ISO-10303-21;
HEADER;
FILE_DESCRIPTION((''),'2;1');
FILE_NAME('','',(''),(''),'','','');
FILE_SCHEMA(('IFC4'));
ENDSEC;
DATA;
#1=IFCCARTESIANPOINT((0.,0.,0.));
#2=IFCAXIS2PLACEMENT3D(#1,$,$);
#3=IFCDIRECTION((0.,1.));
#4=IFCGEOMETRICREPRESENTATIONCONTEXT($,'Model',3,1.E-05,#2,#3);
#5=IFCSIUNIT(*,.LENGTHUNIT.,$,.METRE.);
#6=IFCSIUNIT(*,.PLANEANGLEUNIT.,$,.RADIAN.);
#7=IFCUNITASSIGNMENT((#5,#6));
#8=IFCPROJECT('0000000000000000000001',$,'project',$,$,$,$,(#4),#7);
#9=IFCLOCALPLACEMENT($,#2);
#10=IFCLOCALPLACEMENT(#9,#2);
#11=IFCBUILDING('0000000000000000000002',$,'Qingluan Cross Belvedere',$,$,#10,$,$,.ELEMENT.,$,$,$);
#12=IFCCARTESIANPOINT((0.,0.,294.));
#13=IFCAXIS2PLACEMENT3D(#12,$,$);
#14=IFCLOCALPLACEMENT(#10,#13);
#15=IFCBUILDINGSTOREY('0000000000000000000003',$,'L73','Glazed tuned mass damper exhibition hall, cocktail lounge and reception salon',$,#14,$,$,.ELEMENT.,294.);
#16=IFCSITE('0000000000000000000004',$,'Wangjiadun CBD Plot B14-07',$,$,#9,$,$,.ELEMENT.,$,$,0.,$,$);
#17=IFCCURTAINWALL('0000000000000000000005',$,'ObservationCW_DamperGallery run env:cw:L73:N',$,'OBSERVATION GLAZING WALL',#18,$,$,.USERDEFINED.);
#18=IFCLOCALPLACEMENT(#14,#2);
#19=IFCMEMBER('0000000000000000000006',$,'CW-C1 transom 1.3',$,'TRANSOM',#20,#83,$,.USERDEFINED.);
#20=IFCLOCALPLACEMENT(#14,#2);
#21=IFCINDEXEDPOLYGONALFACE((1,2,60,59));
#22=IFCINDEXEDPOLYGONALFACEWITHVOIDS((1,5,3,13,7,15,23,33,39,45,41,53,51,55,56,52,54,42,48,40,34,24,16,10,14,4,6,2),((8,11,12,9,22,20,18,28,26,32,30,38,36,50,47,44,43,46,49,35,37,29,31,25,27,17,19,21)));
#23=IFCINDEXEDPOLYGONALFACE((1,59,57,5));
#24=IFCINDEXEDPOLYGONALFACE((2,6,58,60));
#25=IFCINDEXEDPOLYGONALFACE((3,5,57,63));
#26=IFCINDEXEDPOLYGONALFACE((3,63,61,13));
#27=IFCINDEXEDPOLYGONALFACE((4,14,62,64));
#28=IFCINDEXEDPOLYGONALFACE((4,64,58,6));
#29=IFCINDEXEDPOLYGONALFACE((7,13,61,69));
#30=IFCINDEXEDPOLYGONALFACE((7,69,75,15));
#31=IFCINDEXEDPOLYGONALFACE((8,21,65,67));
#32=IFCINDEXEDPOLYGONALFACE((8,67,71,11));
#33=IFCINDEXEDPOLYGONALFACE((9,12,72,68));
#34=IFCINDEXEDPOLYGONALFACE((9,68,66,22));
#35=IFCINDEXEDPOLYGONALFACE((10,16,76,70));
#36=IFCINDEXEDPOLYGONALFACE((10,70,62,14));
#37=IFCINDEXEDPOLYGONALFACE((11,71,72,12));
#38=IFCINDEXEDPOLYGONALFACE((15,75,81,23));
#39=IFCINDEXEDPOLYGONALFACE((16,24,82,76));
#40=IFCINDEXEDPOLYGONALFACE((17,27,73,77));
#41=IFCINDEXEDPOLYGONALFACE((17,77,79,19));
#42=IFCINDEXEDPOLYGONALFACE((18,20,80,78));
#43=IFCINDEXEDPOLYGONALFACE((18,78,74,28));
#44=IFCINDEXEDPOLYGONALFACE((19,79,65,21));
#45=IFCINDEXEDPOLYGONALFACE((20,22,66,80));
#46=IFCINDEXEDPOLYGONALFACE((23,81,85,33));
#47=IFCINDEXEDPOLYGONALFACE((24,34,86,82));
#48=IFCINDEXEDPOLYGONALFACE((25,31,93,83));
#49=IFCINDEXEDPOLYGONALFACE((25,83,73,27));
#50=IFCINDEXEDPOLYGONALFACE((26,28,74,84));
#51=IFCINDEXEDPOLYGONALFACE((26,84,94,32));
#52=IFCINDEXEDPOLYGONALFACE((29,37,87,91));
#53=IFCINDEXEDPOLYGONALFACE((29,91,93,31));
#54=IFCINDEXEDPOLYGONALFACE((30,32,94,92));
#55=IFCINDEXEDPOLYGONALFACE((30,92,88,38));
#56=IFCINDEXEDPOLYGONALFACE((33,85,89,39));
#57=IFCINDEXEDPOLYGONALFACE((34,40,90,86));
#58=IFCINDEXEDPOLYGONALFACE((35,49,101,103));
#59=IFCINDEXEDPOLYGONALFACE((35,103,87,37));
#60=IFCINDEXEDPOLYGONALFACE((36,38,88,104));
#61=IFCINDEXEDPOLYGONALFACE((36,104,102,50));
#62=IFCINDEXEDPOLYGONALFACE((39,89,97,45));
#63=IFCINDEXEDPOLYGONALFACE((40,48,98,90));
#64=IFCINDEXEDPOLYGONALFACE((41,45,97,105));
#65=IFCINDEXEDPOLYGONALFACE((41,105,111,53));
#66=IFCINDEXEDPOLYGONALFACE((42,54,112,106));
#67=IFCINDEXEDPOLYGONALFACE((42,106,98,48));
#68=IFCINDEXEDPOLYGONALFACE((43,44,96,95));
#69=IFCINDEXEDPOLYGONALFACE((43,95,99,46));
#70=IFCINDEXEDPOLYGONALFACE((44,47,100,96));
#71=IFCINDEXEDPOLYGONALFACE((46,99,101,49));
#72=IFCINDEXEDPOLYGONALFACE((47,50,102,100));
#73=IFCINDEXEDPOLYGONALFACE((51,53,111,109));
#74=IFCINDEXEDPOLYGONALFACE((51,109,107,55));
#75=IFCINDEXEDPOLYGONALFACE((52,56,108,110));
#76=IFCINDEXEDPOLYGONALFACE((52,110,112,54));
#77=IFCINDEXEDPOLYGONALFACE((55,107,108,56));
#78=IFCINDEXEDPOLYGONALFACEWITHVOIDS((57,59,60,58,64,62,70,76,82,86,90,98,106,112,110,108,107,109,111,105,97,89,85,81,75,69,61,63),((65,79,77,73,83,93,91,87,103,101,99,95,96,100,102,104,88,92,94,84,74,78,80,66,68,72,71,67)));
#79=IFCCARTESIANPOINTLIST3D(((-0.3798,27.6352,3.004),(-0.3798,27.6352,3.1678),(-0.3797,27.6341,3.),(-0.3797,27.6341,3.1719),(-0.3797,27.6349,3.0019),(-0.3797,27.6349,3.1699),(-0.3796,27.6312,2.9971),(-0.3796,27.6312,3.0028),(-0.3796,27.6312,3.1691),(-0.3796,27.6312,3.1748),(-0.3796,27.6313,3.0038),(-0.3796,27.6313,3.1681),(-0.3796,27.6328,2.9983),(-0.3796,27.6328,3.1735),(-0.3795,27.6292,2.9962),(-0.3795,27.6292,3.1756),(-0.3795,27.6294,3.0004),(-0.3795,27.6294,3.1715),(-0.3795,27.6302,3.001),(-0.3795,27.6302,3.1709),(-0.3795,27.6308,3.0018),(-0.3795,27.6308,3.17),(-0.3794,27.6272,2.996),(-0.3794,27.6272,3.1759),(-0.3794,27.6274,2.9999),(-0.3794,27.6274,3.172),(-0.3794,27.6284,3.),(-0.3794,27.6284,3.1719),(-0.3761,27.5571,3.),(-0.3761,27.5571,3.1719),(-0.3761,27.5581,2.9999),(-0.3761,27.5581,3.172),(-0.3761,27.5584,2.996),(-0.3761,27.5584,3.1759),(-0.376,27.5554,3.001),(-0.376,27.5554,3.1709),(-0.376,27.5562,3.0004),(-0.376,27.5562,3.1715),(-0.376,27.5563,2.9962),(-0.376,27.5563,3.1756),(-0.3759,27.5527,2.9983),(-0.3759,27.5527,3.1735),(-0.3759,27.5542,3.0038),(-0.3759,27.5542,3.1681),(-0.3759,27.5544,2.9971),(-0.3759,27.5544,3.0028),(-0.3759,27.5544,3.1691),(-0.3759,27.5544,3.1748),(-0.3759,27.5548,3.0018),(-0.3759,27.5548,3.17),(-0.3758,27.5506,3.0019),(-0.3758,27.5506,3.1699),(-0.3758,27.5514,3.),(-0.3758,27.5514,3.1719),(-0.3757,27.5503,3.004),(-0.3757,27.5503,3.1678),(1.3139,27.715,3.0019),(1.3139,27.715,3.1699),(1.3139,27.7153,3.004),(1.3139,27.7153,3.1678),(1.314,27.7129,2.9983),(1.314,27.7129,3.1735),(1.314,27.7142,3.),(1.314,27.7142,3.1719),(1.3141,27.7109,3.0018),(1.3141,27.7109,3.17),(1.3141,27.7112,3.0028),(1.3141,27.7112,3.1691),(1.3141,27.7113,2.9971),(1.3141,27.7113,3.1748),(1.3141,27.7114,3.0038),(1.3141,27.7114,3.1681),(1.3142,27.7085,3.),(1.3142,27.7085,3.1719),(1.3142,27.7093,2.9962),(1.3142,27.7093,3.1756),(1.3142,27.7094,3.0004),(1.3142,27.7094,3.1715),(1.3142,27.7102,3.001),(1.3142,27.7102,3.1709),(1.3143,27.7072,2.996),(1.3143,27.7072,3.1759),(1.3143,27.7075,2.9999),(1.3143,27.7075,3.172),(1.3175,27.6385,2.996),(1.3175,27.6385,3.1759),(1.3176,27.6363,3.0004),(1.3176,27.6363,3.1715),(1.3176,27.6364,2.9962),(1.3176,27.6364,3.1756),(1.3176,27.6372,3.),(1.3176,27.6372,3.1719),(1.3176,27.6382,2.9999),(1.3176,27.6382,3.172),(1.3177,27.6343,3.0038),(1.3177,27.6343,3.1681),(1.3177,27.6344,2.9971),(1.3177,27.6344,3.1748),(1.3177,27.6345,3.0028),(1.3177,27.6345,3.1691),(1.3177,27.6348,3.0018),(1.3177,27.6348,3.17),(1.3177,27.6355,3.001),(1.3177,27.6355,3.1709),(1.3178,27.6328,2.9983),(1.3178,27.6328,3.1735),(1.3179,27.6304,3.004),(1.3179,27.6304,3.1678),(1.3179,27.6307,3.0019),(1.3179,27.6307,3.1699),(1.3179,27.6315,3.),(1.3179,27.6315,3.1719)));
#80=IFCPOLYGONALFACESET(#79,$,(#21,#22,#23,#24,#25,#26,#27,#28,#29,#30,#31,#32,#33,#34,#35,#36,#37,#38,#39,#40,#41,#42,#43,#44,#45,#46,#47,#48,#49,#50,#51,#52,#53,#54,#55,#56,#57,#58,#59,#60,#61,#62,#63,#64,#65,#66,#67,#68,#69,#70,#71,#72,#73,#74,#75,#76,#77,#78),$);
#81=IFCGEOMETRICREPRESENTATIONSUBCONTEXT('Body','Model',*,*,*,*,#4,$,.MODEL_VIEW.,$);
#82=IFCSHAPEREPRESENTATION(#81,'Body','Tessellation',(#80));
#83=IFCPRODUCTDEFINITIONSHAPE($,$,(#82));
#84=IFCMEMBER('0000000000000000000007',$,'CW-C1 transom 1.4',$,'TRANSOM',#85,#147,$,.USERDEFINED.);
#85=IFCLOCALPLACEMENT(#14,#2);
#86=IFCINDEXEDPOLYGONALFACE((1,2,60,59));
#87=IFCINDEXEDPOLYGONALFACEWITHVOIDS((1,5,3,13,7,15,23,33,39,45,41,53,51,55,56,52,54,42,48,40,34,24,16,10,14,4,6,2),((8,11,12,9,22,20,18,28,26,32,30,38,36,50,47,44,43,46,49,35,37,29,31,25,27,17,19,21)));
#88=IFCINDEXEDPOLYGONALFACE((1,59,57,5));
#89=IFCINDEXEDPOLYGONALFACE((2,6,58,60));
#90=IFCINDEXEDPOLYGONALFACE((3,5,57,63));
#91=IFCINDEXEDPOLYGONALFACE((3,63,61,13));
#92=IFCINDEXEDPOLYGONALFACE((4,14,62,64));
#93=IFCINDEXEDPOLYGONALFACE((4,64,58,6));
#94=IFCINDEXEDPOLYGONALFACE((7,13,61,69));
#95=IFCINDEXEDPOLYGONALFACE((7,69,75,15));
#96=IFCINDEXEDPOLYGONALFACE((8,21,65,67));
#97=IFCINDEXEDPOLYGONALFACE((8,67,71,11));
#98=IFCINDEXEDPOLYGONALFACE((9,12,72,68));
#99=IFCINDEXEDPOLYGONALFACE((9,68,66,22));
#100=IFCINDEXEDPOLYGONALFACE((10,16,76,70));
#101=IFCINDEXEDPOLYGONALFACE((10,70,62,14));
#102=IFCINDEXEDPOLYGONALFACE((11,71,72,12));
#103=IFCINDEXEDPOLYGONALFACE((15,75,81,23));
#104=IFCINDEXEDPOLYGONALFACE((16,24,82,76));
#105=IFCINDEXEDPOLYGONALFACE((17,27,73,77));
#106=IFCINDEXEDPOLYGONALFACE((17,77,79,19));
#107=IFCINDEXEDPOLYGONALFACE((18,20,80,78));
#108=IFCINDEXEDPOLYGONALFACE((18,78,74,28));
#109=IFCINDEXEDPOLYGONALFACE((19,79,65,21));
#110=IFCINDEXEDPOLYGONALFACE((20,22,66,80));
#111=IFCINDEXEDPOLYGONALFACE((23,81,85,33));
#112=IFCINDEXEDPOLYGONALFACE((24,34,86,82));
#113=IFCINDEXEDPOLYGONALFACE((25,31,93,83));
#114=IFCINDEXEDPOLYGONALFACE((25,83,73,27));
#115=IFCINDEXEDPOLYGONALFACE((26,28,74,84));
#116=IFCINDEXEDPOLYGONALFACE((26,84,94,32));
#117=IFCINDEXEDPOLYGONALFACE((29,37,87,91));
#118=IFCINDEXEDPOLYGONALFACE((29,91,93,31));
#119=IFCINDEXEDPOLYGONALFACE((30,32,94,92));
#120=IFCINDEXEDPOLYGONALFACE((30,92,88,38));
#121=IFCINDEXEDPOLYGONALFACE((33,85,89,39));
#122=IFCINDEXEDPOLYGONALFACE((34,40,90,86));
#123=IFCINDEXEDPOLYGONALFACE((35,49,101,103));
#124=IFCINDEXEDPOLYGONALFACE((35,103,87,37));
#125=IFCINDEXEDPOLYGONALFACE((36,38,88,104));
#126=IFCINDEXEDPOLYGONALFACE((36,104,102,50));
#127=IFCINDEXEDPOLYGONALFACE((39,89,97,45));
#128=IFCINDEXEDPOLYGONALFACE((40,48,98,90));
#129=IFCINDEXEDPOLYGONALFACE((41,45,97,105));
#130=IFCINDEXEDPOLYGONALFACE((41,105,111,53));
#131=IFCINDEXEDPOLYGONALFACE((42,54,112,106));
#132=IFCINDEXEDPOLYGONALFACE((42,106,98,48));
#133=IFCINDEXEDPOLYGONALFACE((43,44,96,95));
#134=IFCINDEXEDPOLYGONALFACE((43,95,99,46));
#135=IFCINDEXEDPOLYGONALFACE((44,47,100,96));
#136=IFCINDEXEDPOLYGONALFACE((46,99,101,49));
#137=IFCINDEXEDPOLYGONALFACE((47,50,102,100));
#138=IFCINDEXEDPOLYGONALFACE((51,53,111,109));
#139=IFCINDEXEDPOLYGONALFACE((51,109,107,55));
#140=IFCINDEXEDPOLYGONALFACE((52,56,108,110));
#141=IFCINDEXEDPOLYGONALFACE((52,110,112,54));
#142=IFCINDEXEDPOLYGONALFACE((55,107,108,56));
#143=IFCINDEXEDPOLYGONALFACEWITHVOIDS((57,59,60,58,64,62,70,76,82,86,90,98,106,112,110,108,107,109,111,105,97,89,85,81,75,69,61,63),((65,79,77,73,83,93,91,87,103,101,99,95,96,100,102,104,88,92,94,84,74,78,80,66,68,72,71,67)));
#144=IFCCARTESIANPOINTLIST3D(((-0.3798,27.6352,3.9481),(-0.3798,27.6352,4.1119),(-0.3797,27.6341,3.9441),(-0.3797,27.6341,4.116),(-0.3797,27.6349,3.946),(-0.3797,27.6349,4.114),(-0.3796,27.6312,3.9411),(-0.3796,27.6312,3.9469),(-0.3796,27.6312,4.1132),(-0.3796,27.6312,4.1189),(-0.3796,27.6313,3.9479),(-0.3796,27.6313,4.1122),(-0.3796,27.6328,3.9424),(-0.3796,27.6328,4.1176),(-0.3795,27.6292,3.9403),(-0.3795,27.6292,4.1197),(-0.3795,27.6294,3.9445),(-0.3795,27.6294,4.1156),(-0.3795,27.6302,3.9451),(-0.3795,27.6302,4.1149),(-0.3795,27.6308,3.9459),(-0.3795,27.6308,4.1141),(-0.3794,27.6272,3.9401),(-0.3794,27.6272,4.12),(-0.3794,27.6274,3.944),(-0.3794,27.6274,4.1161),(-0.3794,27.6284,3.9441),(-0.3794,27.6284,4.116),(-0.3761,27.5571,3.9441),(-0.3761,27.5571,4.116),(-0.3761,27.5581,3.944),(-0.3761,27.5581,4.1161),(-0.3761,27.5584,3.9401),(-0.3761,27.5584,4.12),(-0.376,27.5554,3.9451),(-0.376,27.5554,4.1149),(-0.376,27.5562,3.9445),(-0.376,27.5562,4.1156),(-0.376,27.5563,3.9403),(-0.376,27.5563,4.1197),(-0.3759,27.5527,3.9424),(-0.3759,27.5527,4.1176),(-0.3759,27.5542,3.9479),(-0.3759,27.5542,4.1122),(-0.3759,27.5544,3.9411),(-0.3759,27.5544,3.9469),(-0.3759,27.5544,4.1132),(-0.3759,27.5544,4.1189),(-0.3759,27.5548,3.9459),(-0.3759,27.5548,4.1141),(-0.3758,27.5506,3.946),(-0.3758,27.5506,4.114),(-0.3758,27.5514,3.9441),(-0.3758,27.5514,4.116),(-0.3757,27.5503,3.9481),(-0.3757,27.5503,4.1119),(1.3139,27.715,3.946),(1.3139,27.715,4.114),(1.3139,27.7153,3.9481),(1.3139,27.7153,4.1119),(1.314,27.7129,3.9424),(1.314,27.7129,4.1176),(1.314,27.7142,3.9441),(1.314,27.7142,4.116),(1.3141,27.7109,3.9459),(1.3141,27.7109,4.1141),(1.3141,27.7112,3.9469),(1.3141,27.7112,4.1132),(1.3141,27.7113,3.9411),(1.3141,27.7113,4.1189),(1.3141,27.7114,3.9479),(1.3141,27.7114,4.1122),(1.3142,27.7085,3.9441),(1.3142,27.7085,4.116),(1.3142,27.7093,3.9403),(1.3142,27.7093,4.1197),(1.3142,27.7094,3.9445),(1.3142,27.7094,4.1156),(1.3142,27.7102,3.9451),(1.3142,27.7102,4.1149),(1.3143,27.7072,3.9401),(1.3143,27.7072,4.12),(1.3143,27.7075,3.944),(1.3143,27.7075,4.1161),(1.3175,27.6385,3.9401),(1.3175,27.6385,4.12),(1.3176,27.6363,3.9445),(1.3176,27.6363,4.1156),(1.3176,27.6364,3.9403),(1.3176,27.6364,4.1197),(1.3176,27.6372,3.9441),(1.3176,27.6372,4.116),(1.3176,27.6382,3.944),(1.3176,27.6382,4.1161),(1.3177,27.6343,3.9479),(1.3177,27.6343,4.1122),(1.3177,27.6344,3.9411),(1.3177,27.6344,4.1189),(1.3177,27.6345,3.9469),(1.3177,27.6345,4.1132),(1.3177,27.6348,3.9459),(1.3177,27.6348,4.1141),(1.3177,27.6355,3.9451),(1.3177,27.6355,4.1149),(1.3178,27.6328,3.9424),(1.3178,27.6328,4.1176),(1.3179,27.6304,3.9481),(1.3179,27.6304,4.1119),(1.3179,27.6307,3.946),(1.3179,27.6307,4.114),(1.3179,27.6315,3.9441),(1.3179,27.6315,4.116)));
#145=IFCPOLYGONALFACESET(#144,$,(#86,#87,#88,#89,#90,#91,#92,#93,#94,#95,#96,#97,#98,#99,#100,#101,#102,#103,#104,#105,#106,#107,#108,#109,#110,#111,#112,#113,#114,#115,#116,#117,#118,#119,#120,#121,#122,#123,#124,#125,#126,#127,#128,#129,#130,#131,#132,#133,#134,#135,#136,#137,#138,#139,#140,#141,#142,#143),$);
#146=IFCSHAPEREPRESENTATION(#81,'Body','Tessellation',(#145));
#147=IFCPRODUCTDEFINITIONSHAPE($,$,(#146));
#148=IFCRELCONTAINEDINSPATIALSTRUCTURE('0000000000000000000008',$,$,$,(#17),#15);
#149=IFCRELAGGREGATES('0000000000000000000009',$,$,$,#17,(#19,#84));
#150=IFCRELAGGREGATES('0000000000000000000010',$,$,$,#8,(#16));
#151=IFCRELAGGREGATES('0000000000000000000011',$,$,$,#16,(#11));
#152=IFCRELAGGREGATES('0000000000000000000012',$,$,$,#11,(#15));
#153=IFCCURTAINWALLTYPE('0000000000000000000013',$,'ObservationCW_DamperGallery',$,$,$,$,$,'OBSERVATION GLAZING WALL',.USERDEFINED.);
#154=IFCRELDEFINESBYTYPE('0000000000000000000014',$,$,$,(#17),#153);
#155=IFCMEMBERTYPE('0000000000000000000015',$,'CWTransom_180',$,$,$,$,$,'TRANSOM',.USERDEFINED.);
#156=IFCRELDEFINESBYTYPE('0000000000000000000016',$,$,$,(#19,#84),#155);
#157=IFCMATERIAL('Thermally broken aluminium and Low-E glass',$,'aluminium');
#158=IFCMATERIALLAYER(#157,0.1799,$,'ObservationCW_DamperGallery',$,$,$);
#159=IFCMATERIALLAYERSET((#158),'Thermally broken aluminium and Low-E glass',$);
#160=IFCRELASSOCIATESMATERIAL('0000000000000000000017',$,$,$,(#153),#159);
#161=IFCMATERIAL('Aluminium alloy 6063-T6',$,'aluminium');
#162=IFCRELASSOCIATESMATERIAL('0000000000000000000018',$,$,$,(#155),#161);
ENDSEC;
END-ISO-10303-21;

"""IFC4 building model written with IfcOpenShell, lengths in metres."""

from ifc_helpers import new_model, si_unit, direction, frame, origin, origin_2d, place, context, subcontext, project, spatial, hollow_rectangle, extrude, material, layer, layer_set, material_profile, profile_set, type_object, element, aggregate, save


model = new_model("IFC4")

# Units and contexts
model_context = context("Model", 3, precision=1e-05, world=origin(), true_north=direction((0.0, 1.0)))
body_context = subcontext(model_context, "Body", "Model", "MODEL_VIEW")
ifc_project = project(units=[si_unit("LENGTHUNIT", "METRE"), si_unit("PLANEANGLEUNIT", "RADIAN")], contexts=[model_context])

# Site, building, storey
site_placement = place(None, origin())
site = spatial("IfcSite", under=ifc_project, at=site_placement, Name="Wangjiadun CBD Plot B14-07", CompositionType="ELEMENT", RefElevation=0.0)
building_placement = place(site_placement, origin())
building = spatial("IfcBuilding", under=site, at=building_placement, Name="Qingluan Cross Belvedere", CompositionType="ELEMENT")
storey_placement = place(building_placement, frame((0.0, 0.0, 294.0)))
storey = spatial("IfcBuildingStorey", under=building, at=storey_placement, Name="L73", Description="Glazed tuned mass damper exhibition hall, cocktail lounge and reception salon", CompositionType="ELEMENT", Elevation=294.0)

# Curtain wall, members
ifc_material_1 = material(Name="Thermally broken aluminium and Low-E glass", Category="aluminium")
ifc_layer_1 = layer(ifc_material_1, 0.1799, Name="ObservationCW_DamperGallery")
ifc_layer_set_1 = layer_set([ifc_layer_1], Name="Thermally broken aluminium and Low-E glass")
curtain_wall_type = type_object("IfcCurtainWallType", Name="ObservationCW_DamperGallery", ElementType="OBSERVATION GLAZING WALL", PredefinedType="USERDEFINED", material=ifc_layer_set_1)
curtain_wall_placement = place(storey_placement, origin())
curtain_wall = element("IfcCurtainWall", 1, at=curtain_wall_placement, inside=storey, type_object=curtain_wall_type, Name="ObservationCW_DamperGallery run env:cw:L73:N", ObjectType="OBSERVATION GLAZING WALL", PredefinedType="USERDEFINED")
ifc_material_2 = material(Name="Aluminium alloy 6063-T6", Category="aluminium")
ifc_material_profile_1 = material_profile(ifc_material_2, hollow_rectangle(XDim=0.085, YDim=0.1799, WallThickness=0.0039, InnerFilletRadius=0.0039, OuterFilletRadius=0.0081, at=origin_2d()), Name="CWT180x85x4")
ifc_profile_set_1 = profile_set([ifc_material_profile_1], Name="Aluminium alloy 6063-T6")
member_type_1 = type_object("IfcMemberType", Name="CWTransom_180", ElementType="TRANSOM", PredefinedType="USERDEFINED", material=ifc_profile_set_1)
member_1_placement = place(storey_placement, frame((1.3159, 27.6729, 3.0859), z_axis=(-0.998884, -0.04723, 0.0), x_axis=(0.04723, -0.998884, 0.0)))
member_1 = element("IfcMember", 2, at=member_1_placement, type_object=member_type_1, Name="CW-C1 transom 1.3", ObjectType="TRANSOM", PredefinedType="USERDEFINED", context=body_context, shape_type="SweptSolid", body=[
    extrude(hollow_rectangle(XDim=0.085, YDim=0.1799, WallThickness=0.0039, InnerFilletRadius=0.0039, OuterFilletRadius=0.0081, at=origin_2d()), origin(), (0.0, 0.0, 1.0), 1.6956),
])
member_2_placement = place(storey_placement, frame((1.3159, 27.6729, 4.03), z_axis=(-0.998884, -0.04723, 0.0), x_axis=(0.04723, -0.998884, 0.0)))
member_2 = element("IfcMember", 3, at=member_2_placement, type_object=member_type_1, Name="CW-C1 transom 1.4", ObjectType="TRANSOM", PredefinedType="USERDEFINED", context=body_context, shape_type="SweptSolid", body=[
    extrude(hollow_rectangle(XDim=0.085, YDim=0.1799, WallThickness=0.0039, InnerFilletRadius=0.0039, OuterFilletRadius=0.0081, at=origin_2d()), origin(), (0.0, 0.0, 1.0), 1.6956),
])

aggregate(curtain_wall, [member_1, member_2])

save(model, "model.ifc")
